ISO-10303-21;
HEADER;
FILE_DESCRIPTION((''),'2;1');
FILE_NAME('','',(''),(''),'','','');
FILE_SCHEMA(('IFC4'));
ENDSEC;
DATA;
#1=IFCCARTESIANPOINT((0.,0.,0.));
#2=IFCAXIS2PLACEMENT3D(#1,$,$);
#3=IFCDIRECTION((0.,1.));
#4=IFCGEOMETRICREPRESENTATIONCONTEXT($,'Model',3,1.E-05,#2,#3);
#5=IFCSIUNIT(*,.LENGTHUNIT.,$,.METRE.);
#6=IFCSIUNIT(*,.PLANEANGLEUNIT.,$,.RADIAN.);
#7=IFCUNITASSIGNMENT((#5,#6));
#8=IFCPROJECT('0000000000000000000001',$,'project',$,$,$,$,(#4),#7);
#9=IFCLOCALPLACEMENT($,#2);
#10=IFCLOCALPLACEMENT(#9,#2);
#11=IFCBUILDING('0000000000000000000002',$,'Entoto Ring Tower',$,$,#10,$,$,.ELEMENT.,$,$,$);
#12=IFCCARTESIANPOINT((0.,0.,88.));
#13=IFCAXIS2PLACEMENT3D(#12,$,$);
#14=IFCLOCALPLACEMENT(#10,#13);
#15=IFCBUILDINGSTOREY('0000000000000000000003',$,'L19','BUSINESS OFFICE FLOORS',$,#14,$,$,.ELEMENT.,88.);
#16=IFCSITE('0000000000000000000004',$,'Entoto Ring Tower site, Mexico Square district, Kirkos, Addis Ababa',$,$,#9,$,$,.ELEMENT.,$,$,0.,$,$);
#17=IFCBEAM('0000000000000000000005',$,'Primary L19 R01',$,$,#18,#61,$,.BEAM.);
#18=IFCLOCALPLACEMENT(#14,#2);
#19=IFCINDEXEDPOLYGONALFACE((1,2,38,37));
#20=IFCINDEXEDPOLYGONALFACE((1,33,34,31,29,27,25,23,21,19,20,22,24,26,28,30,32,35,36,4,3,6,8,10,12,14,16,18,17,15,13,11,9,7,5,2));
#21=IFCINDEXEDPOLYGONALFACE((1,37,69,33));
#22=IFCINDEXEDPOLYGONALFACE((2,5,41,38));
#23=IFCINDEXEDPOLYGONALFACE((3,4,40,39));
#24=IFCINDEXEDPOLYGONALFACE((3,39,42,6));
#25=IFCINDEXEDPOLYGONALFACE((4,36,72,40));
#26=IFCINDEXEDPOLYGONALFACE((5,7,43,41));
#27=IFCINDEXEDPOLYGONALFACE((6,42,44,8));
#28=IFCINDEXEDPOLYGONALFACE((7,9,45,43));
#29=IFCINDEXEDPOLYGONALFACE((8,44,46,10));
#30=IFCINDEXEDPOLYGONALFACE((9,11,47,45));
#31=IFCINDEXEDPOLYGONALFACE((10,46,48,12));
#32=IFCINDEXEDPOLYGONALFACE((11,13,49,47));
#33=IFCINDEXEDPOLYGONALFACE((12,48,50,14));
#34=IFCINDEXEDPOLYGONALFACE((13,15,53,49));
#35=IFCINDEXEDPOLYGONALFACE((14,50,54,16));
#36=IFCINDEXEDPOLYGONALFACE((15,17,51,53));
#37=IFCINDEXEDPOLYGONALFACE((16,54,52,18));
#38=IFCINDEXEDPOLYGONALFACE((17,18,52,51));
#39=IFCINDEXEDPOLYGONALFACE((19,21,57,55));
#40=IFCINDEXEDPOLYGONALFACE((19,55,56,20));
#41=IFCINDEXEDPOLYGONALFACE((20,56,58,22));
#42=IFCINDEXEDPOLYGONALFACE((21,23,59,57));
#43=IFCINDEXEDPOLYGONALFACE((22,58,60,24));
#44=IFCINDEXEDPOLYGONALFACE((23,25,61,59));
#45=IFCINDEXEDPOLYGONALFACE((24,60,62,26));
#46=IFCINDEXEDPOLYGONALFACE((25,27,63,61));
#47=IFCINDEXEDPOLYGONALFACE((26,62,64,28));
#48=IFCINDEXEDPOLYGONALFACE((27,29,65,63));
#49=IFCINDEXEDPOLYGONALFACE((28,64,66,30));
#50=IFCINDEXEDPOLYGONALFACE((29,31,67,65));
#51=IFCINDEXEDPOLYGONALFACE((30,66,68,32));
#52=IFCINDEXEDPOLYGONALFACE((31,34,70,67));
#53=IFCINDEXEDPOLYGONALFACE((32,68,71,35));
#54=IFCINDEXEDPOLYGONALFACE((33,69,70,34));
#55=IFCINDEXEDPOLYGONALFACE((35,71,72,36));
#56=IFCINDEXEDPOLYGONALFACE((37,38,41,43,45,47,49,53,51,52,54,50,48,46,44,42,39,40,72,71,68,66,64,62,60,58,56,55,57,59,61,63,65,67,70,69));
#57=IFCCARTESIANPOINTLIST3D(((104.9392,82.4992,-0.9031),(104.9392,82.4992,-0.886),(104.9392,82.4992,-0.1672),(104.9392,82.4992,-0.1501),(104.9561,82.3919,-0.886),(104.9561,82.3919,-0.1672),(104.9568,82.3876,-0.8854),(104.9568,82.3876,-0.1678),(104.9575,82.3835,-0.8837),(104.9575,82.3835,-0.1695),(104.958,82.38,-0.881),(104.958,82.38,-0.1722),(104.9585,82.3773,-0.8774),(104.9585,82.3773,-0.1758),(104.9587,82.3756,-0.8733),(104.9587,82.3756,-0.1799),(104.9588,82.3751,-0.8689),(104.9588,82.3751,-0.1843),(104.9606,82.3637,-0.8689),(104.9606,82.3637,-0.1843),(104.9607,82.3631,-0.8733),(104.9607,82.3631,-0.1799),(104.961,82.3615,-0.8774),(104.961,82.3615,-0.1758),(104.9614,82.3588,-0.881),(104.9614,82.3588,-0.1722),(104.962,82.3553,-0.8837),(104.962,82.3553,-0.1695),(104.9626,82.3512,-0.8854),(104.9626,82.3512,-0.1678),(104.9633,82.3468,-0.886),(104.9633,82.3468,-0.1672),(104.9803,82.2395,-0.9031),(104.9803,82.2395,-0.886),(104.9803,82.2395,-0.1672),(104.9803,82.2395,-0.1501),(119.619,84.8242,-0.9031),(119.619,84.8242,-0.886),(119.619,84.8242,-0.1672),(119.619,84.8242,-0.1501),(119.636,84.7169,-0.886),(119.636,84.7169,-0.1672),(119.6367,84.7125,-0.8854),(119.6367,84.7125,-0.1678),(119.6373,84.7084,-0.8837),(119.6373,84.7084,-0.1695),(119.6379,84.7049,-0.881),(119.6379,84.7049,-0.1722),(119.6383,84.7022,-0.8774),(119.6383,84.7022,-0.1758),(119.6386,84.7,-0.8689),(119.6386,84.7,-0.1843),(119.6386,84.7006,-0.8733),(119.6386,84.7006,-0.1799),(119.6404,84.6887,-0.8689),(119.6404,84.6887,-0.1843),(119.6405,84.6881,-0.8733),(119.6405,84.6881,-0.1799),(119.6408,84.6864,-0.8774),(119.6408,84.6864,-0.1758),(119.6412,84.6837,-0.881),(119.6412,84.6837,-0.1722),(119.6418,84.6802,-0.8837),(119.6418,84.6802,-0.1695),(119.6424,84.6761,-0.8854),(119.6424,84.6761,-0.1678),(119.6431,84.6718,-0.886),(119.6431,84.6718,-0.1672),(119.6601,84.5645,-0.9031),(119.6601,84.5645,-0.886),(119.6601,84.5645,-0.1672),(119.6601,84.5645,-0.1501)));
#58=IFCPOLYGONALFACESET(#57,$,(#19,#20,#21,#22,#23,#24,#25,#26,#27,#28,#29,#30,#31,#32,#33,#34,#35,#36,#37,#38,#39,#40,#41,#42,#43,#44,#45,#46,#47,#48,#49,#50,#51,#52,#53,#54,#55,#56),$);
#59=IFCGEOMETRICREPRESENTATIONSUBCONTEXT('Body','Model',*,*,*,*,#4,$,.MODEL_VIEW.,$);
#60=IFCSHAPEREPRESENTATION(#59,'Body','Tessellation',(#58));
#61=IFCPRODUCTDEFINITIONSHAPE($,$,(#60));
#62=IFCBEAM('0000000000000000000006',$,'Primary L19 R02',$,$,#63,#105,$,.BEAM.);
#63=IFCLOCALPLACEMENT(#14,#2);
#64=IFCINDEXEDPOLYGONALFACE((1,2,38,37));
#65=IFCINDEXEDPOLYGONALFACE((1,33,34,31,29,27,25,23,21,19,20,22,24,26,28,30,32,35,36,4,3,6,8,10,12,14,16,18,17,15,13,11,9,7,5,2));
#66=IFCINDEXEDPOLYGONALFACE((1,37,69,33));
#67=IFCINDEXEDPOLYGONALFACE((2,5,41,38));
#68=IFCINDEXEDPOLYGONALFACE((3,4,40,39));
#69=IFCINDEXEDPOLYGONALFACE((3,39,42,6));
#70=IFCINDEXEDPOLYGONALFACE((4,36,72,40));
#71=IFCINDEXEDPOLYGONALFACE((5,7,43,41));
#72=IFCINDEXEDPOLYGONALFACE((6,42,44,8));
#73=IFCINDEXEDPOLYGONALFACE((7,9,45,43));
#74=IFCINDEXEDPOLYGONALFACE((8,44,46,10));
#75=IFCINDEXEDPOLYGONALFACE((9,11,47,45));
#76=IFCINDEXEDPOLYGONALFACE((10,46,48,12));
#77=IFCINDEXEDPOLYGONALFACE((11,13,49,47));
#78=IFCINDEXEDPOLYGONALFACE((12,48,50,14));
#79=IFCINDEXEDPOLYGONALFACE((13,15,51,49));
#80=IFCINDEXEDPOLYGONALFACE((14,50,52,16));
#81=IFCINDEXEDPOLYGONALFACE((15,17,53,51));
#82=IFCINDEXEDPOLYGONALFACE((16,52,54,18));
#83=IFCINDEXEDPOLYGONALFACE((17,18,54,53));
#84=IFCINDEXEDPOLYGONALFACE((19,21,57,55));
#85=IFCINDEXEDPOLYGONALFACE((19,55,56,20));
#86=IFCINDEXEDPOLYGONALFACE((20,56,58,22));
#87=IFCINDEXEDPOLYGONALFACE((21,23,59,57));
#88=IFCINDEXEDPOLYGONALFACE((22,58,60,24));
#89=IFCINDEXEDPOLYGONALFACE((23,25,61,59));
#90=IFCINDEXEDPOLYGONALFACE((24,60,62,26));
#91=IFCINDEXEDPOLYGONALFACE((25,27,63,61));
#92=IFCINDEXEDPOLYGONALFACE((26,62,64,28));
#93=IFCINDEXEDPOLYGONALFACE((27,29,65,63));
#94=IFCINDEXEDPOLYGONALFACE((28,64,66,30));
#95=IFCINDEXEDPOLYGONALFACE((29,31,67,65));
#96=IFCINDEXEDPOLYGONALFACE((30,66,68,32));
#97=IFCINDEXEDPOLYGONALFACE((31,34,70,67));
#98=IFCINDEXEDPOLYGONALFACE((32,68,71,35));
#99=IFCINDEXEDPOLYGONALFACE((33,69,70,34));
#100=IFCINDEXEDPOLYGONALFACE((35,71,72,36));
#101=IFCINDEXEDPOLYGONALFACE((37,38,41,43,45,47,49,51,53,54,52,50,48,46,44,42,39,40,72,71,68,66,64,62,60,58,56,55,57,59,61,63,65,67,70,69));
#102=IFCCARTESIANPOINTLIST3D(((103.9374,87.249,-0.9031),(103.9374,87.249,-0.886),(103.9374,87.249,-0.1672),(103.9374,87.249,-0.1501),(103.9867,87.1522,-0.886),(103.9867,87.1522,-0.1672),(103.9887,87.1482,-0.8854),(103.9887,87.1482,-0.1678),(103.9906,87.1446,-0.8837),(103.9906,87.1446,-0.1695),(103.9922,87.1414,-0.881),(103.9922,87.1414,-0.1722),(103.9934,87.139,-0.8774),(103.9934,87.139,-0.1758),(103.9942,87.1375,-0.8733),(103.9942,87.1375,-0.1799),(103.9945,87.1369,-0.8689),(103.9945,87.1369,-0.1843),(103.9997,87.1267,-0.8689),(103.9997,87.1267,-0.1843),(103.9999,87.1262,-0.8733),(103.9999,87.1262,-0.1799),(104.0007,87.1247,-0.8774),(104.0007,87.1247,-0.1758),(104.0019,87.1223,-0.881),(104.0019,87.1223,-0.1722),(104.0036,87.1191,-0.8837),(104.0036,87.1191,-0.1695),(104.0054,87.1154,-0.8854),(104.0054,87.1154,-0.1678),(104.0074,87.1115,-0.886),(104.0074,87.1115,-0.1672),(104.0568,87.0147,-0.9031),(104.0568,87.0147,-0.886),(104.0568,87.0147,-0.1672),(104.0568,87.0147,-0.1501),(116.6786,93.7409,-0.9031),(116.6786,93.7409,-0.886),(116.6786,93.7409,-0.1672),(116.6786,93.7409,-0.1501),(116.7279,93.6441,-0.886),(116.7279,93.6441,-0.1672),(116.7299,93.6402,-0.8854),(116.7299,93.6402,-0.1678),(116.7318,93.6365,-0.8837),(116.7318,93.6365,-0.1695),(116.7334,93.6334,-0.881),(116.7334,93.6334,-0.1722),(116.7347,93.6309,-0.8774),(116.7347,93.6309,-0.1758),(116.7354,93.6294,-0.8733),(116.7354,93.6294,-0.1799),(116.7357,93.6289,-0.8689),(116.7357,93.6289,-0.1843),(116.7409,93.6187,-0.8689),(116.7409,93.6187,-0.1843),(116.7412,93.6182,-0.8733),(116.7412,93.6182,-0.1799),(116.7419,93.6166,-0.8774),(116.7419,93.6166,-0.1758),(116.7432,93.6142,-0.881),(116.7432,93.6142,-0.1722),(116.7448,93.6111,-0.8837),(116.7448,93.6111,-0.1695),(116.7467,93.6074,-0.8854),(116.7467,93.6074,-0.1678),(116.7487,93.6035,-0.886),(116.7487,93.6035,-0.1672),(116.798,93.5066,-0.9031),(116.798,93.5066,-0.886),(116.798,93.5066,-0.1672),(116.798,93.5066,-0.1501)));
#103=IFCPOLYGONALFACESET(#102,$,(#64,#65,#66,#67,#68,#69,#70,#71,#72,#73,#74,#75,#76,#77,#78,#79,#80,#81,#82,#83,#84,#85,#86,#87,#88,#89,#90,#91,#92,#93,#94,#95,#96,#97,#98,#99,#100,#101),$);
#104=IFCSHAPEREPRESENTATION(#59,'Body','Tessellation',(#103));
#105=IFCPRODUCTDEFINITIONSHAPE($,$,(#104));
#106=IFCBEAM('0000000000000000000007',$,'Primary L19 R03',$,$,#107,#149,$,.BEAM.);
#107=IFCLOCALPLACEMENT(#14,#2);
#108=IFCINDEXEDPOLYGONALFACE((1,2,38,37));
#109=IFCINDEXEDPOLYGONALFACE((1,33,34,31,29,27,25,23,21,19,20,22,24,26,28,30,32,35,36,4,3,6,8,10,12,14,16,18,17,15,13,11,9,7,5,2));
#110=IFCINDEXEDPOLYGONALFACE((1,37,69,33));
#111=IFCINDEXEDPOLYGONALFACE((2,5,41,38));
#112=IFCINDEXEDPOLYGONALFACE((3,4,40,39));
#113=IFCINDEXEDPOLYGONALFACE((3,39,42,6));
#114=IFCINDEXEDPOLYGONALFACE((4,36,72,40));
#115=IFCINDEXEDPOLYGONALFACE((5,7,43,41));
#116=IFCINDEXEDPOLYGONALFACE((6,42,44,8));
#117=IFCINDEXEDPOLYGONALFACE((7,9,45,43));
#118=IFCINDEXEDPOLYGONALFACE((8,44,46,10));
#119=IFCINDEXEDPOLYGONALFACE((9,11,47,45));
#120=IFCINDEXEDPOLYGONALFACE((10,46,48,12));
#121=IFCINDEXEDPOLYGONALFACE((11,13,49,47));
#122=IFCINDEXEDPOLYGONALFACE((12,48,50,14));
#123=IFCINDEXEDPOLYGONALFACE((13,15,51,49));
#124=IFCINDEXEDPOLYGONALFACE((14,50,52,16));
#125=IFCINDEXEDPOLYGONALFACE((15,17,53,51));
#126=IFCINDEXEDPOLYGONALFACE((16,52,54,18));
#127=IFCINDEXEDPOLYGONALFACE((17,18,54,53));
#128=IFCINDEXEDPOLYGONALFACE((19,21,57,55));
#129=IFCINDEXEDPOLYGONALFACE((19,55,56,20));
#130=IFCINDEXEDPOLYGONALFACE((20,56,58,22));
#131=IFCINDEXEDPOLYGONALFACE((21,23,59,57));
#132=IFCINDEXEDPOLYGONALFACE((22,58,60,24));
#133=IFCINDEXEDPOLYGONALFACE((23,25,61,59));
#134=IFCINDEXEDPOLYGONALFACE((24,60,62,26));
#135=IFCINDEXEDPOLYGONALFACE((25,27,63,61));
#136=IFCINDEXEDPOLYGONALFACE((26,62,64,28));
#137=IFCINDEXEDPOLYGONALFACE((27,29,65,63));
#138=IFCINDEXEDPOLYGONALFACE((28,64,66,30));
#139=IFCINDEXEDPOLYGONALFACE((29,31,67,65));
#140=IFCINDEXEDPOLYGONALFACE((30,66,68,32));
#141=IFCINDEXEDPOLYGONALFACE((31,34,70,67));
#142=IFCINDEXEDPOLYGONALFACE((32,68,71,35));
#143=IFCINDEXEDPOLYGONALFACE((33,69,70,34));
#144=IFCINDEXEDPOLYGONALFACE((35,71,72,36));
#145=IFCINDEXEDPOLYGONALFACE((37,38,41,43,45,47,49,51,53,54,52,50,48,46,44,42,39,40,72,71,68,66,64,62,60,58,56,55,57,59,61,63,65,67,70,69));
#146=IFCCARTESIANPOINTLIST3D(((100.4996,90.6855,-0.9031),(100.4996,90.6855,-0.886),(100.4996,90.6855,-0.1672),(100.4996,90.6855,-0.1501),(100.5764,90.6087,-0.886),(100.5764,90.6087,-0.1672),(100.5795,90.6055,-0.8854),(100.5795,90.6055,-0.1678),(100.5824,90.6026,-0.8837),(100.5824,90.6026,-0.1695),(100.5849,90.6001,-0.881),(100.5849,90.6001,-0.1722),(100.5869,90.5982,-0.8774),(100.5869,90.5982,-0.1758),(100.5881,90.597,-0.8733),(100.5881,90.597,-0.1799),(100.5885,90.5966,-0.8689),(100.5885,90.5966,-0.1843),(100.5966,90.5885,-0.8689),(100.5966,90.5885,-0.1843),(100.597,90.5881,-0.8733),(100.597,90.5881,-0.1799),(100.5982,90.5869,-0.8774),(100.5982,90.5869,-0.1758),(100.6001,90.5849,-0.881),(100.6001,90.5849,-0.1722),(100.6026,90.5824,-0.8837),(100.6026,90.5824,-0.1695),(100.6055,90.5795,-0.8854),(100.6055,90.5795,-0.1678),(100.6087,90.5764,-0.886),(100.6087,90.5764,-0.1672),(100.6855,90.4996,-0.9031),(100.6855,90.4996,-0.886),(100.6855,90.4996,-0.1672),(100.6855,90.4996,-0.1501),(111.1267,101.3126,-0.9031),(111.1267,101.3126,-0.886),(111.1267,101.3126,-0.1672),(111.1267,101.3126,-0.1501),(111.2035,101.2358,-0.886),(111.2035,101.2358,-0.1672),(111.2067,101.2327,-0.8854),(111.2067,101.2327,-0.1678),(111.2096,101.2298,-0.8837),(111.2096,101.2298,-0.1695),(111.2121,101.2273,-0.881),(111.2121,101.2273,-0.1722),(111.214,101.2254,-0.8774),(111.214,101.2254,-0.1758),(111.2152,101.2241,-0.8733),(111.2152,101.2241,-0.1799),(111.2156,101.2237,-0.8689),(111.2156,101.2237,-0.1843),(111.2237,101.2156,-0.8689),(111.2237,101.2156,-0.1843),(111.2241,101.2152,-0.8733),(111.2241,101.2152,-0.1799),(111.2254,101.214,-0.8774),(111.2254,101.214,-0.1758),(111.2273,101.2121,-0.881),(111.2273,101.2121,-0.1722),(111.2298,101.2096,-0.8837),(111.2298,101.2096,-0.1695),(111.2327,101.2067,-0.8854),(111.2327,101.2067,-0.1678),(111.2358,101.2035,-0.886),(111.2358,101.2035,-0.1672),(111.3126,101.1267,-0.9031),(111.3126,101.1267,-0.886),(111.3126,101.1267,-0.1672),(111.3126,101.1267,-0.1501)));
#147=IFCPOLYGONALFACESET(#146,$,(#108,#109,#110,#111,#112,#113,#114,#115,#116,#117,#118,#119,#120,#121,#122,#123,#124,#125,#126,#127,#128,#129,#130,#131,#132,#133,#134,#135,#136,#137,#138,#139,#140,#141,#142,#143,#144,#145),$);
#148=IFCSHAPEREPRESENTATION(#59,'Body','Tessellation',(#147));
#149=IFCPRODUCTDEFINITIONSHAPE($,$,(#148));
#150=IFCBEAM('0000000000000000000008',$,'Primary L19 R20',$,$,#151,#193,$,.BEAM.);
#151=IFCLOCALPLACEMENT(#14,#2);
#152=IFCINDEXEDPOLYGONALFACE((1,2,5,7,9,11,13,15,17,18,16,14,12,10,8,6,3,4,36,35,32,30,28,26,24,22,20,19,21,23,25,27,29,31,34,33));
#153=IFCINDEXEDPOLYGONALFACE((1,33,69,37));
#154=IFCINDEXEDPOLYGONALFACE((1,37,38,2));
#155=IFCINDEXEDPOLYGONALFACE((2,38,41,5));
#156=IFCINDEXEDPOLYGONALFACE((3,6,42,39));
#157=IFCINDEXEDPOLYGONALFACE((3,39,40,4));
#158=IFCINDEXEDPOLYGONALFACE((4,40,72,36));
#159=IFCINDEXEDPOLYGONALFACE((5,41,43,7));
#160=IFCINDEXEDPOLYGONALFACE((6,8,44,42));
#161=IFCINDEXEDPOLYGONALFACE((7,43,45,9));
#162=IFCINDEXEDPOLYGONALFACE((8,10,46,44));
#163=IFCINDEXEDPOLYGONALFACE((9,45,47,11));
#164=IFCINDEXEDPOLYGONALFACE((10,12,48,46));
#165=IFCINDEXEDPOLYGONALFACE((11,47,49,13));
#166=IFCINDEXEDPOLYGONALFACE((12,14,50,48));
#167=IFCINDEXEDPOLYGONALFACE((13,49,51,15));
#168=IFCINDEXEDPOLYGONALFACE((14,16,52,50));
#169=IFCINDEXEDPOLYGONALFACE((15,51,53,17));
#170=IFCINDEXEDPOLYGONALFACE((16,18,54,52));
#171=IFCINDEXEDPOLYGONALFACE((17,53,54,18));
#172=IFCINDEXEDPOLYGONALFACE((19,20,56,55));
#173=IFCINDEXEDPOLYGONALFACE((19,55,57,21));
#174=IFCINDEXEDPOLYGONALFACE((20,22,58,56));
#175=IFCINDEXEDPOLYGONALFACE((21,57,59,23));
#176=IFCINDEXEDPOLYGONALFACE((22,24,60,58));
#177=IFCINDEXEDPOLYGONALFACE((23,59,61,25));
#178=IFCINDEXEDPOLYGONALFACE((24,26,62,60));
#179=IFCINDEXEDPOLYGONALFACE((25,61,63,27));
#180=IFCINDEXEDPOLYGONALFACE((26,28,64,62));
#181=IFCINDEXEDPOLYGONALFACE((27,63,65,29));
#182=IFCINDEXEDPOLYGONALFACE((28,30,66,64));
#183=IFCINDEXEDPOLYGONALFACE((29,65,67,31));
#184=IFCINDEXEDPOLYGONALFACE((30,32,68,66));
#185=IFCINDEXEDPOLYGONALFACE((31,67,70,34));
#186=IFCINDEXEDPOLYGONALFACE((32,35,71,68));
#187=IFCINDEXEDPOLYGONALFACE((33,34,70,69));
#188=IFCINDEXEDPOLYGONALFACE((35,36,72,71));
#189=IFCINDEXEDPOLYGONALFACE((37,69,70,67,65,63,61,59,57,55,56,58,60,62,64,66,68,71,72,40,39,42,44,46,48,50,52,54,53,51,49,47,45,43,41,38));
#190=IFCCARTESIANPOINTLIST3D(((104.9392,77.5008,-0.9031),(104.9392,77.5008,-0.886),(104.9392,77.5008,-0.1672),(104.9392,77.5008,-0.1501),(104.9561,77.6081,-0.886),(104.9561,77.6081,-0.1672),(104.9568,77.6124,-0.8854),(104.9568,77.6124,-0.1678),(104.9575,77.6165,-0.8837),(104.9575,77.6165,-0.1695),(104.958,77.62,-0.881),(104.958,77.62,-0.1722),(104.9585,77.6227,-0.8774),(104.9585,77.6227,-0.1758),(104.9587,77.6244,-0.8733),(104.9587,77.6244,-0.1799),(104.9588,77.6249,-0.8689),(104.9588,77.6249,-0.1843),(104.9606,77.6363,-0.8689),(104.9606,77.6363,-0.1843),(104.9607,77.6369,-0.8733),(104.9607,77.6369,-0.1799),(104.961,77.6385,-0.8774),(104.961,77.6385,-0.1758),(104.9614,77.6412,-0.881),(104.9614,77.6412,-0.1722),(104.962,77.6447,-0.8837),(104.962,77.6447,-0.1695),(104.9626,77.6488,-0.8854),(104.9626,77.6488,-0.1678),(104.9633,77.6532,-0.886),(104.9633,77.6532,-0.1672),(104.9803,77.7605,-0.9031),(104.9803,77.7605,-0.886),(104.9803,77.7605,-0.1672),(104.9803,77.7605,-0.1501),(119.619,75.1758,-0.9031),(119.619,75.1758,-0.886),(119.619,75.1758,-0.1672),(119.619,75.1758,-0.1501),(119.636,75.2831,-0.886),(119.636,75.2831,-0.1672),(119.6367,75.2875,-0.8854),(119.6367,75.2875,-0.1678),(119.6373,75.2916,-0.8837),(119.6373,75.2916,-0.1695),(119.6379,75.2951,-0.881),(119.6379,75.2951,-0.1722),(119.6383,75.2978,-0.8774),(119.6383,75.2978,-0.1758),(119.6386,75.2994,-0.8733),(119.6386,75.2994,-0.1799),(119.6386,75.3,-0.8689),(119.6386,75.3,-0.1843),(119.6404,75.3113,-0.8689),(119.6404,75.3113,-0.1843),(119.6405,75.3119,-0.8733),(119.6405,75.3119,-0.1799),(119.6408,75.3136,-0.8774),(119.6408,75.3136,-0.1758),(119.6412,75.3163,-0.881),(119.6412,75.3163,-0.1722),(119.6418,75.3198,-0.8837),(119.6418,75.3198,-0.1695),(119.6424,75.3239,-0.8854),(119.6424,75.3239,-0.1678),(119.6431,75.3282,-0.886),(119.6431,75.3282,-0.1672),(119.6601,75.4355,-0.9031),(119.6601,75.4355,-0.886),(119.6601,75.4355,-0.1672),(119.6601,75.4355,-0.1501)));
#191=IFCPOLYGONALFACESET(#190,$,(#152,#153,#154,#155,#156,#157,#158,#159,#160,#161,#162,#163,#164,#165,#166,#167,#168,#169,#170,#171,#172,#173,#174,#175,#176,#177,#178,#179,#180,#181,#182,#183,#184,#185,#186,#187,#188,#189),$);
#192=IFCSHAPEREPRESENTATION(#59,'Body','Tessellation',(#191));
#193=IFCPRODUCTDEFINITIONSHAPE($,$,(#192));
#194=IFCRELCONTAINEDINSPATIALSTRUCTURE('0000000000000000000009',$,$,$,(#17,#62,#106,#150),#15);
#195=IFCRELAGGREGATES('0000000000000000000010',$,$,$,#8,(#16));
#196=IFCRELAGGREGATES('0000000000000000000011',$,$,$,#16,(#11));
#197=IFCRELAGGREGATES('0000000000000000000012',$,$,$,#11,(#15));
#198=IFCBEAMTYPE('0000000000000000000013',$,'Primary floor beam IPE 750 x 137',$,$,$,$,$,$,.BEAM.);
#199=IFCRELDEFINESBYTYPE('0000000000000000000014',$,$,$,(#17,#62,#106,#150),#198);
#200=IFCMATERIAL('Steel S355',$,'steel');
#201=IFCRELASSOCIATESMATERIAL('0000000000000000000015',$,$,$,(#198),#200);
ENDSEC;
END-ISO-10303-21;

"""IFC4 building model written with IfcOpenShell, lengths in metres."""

from ifc_helpers import new_model, si_unit, direction, frame, origin, origin_2d, place, context, subcontext, project, spatial, i_section, extrude, material, material_profile, profile_set, type_object, element, save


model = new_model("IFC4")

# Units and contexts
model_context = context("Model", 3, precision=1e-05, world=origin(), true_north=direction((0.0, 1.0)))
body_context = subcontext(model_context, "Body", "Model", "MODEL_VIEW")
ifc_project = project(units=[si_unit("LENGTHUNIT", "METRE"), si_unit("PLANEANGLEUNIT", "RADIAN")], contexts=[model_context])

# Site, building, storey
site_placement = place(None, origin())
site = spatial("IfcSite", under=ifc_project, at=site_placement, Name="Entoto Ring Tower site, Mexico Square district, Kirkos, Addis Ababa", CompositionType="ELEMENT", RefElevation=0.0)
building_placement = place(site_placement, origin())
building = spatial("IfcBuilding", under=site, at=building_placement, Name="Entoto Ring Tower", CompositionType="ELEMENT")
storey_placement = place(building_placement, frame((0.0, 0.0, 88.0)))
storey = spatial("IfcBuildingStorey", under=building, at=storey_placement, Name="L19", Description="BUSINESS OFFICE FLOORS", CompositionType="ELEMENT", Elevation=88.0)

# Beams
ifc_material_1 = material(Name="Steel S355", Category="steel")
ifc_material_profile_1 = material_profile(ifc_material_1, i_section(OverallWidth=0.2629, OverallDepth=0.7529, WebThickness=0.0115, FlangeThickness=0.0171, FilletRadius=0.0171, at=origin_2d()), Name="IPE 750 x 137")
ifc_profile_set_1 = profile_set([ifc_material_profile_1], Name="Steel S355")
beam_type_1 = type_object("IfcBeamType", Name="Primary floor beam IPE 750 x 137", PredefinedType="BEAM", material=ifc_profile_set_1)
beam_1_placement = place(storey_placement, frame((104.9597, 82.3694, -0.5266), z_axis=(0.98769, 0.156426, 0.0), x_axis=(-0.156426, 0.98769, 0.0)))
element("IfcBeam", 1, at=beam_1_placement, inside=storey, type_object=beam_type_1, Name="Primary L19 R01", PredefinedType="BEAM", context=body_context, shape_type="SweptSolid", body=[
    extrude(i_section(OverallWidth=0.2629, OverallDepth=0.7529, WebThickness=0.0115, FlangeThickness=0.0171, FilletRadius=0.0171, at=origin_2d()), origin(), (0.0, 0.0, 1.0), 14.8628),
])
beam_2_placement = place(storey_placement, frame((103.9971, 87.1318, -0.5266), z_axis=(0.891007, 0.453989, 0.0), x_axis=(-0.453989, 0.891007, 0.0)))
element("IfcBeam", 2, at=beam_2_placement, inside=storey, type_object=beam_type_1, Name="Primary L19 R02", PredefinedType="BEAM", context=body_context, shape_type="SweptSolid", body=[
    extrude(i_section(OverallWidth=0.2629, OverallDepth=0.7529, WebThickness=0.0115, FlangeThickness=0.0171, FilletRadius=0.0171, at=origin_2d()), origin(), (0.0, 0.0, 1.0), 14.2998),
])
beam_3_placement = place(storey_placement, frame((100.5925, 90.5925, -0.5266), z_axis=(0.707107, 0.707107, 0.0), x_axis=(-0.707107, 0.707107, 0.0)))
element("IfcBeam", 3, at=beam_3_placement, inside=storey, type_object=beam_type_1, Name="Primary L19 R03", PredefinedType="BEAM", context=body_context, shape_type="SweptSolid", body=[
    extrude(i_section(OverallWidth=0.2629, OverallDepth=0.7529, WebThickness=0.0115, FlangeThickness=0.0171, FilletRadius=0.0171, at=origin_2d()), origin(), (0.0, 0.0, 1.0), 15.0291),
])
beam_4_placement = place(storey_placement, frame((104.9597, 77.6306, -0.5266), z_axis=(0.98769, -0.156426, 0.0), x_axis=(0.156426, 0.98769, 0.0)))
element("IfcBeam", 4, at=beam_4_placement, inside=storey, type_object=beam_type_1, Name="Primary L19 R20", PredefinedType="BEAM", context=body_context, shape_type="SweptSolid", body=[
    extrude(i_section(OverallWidth=0.2629, OverallDepth=0.7529, WebThickness=0.0115, FlangeThickness=0.0171, FilletRadius=0.0171, at=origin_2d()), origin(), (0.0, 0.0, 1.0), 14.8628),
])

save(model, "model.ifc")
